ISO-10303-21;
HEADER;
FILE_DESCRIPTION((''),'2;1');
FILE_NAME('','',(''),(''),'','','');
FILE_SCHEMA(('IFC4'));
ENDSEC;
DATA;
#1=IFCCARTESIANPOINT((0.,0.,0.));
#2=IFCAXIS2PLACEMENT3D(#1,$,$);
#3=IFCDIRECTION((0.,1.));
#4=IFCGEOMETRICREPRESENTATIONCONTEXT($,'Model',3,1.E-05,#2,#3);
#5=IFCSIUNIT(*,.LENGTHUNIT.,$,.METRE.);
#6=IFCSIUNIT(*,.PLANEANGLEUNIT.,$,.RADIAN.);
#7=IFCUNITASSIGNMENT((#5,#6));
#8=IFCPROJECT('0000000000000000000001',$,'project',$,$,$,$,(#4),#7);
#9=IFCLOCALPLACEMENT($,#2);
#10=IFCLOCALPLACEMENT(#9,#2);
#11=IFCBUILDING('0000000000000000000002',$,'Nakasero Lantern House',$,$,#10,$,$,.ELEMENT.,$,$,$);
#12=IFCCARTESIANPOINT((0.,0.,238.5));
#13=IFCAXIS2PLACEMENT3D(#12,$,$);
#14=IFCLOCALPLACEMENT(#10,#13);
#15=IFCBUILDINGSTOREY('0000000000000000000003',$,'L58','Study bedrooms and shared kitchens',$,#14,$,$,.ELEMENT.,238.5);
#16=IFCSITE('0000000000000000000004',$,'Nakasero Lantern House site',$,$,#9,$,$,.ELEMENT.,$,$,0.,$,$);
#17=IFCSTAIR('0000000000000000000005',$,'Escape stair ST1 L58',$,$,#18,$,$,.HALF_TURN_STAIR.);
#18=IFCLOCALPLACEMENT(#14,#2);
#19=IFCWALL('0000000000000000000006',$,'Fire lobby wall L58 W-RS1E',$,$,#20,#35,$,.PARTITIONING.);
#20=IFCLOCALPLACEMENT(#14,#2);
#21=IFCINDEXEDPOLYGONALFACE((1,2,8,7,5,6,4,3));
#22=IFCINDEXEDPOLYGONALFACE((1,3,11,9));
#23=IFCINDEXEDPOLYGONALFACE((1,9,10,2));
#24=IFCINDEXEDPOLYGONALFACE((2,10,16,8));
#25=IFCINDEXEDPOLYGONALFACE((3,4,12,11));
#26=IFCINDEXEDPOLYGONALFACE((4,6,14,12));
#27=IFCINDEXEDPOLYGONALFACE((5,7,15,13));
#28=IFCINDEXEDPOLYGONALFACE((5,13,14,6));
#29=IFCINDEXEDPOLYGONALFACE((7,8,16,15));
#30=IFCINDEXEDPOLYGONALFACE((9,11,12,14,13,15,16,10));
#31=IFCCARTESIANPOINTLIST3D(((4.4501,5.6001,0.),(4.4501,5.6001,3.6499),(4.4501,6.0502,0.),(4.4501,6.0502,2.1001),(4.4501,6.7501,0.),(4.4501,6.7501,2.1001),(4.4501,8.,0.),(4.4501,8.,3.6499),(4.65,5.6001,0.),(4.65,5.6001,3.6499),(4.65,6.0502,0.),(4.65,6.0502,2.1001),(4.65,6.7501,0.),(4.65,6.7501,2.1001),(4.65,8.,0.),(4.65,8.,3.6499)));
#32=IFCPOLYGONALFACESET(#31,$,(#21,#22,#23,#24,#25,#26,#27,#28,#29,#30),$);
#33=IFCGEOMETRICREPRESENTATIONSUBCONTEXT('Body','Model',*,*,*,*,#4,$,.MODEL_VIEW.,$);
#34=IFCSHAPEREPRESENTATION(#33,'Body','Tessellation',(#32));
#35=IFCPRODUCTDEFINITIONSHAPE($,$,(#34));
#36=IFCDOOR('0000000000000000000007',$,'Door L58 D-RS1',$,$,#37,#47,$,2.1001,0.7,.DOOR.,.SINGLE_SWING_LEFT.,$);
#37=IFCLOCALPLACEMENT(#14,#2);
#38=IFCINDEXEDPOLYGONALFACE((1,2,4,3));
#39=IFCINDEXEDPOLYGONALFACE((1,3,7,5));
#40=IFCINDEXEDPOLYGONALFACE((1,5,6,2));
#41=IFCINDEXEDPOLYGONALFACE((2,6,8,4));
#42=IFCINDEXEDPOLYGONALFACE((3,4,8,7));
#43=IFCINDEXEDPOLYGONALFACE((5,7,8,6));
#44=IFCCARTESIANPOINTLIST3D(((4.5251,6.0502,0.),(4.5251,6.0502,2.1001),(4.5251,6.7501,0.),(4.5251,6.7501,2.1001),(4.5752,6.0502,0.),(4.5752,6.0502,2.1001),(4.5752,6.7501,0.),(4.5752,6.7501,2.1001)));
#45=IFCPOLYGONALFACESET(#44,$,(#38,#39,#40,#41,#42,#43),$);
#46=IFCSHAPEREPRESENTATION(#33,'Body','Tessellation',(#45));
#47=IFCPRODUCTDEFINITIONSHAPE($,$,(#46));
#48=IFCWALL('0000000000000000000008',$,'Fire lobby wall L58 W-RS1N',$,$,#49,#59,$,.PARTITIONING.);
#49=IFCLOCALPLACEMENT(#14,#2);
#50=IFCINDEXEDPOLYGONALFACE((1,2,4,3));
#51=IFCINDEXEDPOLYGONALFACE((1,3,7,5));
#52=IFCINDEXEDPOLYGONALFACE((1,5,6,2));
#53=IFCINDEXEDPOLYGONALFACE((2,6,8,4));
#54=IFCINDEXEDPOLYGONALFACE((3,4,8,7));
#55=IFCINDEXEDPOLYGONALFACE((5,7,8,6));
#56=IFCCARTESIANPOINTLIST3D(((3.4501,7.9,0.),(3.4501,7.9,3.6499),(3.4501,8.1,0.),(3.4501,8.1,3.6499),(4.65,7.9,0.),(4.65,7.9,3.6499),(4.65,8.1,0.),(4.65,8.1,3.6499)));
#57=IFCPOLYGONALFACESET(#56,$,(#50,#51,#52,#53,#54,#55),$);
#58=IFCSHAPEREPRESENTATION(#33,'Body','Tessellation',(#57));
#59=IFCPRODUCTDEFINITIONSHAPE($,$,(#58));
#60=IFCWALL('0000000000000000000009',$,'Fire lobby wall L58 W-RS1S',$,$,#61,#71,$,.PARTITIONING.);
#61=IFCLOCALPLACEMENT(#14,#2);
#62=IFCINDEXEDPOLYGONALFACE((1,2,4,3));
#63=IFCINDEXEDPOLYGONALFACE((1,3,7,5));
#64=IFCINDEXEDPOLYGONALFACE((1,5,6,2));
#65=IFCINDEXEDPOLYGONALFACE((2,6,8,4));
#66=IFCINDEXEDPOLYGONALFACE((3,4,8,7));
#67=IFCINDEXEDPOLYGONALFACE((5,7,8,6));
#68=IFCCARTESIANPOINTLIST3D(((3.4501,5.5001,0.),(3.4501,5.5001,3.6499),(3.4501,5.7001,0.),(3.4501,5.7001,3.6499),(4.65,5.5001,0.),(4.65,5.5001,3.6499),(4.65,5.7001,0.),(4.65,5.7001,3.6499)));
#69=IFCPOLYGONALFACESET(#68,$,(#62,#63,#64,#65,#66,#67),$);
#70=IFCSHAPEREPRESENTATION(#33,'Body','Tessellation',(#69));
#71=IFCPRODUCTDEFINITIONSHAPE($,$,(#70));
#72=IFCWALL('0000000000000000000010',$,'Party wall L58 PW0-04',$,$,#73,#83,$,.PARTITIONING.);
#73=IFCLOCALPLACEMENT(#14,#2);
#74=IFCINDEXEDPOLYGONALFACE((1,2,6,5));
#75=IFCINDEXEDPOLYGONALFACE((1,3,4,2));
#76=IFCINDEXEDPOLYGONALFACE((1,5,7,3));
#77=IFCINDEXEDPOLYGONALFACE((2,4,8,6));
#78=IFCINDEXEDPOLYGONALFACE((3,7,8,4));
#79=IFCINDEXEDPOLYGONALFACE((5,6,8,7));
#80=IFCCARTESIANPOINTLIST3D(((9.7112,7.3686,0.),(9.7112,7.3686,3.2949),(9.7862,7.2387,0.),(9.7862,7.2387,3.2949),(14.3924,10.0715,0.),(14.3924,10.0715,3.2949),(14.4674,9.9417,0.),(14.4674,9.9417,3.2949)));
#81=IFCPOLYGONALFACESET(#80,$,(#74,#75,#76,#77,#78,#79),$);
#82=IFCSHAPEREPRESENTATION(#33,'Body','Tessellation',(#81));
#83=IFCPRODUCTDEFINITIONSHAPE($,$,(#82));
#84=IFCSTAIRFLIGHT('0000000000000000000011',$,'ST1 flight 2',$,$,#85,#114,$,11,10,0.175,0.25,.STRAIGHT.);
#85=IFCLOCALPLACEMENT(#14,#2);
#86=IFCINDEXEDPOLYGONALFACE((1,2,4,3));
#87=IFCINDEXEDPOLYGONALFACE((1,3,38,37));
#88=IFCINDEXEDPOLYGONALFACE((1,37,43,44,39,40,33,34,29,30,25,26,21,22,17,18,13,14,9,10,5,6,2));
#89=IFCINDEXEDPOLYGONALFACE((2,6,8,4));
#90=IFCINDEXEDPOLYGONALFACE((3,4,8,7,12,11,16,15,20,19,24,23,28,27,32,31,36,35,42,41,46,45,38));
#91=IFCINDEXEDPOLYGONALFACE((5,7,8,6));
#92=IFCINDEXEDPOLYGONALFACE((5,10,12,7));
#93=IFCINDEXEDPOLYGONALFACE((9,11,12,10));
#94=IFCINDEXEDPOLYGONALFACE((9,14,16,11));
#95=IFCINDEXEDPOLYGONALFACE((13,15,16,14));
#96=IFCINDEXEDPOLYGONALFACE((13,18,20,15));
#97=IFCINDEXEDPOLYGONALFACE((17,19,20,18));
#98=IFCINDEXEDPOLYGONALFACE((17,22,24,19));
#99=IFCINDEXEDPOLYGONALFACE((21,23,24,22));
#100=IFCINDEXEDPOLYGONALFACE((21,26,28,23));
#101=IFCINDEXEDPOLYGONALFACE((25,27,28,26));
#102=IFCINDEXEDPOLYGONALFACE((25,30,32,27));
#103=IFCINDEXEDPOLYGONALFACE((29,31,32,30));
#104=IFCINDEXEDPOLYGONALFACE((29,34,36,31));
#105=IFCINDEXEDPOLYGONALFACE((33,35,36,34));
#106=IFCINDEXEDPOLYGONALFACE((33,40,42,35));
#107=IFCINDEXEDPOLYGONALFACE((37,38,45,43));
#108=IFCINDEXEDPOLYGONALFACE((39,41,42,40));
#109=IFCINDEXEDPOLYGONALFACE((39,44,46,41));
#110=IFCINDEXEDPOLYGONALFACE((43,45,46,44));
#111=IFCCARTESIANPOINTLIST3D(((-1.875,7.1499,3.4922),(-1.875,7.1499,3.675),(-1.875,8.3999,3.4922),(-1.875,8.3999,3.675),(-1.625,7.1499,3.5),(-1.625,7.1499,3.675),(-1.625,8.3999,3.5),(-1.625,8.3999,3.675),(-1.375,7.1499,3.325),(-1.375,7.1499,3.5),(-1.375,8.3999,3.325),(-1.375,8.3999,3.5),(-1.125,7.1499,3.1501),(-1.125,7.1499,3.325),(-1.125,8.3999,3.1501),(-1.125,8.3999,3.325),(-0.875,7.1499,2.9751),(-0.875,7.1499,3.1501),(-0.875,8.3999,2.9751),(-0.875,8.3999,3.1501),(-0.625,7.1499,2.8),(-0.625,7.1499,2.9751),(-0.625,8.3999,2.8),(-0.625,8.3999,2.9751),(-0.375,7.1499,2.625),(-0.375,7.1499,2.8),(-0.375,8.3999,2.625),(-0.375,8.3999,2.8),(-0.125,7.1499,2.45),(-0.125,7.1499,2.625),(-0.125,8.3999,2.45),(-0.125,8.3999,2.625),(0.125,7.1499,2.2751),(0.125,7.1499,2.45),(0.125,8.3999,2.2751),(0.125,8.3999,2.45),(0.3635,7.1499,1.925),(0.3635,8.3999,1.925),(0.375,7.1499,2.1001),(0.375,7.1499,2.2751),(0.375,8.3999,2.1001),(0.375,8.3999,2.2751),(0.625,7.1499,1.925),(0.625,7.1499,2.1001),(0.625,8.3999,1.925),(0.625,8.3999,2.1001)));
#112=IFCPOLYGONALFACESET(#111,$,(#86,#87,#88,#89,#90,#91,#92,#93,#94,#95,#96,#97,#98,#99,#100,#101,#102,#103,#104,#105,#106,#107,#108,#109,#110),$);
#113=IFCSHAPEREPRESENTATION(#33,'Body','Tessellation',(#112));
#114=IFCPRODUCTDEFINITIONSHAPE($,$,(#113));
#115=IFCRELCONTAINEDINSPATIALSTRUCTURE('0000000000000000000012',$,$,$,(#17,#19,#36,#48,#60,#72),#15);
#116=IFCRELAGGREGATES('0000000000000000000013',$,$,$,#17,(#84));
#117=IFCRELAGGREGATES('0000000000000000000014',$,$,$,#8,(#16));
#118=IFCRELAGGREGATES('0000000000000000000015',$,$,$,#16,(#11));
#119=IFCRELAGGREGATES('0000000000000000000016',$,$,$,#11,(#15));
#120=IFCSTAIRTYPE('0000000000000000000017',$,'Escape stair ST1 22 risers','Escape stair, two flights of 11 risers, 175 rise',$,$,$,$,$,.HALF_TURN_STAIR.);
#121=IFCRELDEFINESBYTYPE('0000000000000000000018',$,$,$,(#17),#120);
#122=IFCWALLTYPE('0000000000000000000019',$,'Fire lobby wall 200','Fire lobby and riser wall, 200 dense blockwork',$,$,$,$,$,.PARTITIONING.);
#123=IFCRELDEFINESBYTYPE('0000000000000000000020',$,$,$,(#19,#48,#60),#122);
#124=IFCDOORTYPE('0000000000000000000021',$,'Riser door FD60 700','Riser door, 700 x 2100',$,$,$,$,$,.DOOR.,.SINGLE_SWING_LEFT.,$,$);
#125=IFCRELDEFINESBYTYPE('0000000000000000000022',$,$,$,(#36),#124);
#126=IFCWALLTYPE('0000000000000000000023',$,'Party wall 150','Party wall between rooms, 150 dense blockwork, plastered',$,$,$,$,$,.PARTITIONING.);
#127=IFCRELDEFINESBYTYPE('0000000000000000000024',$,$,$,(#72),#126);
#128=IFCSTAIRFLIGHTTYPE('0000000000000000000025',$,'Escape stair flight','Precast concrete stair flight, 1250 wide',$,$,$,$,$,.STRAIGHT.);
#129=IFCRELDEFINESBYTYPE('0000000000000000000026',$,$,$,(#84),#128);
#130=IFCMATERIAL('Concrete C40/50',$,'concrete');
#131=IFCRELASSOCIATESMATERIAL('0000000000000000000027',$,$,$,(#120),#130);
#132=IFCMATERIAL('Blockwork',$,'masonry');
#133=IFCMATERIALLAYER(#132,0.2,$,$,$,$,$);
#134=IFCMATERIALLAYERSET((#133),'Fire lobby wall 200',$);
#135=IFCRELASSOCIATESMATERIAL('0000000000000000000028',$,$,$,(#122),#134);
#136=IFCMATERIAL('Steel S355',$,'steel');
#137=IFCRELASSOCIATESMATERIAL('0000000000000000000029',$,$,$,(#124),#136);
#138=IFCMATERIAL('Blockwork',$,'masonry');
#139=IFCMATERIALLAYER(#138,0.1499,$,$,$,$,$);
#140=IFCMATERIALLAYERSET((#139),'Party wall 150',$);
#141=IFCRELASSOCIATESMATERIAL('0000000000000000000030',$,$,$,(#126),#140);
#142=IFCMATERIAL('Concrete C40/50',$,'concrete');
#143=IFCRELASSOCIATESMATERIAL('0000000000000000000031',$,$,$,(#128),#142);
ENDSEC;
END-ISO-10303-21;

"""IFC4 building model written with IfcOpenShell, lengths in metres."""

from ifc_helpers import new_model, si_unit, direction, frame, frame_2d, origin, place, context, subcontext, project, spatial, polyline, rectangle, outline, extrude, material, layer, layer_set, type_object, element, fill, aggregate, save


model = new_model("IFC4")

# Units and contexts
model_context = context("Model", 3, precision=1e-05, world=origin(), true_north=direction((0.0, 1.0)))
body_context = subcontext(model_context, "Body", "Model", "MODEL_VIEW")
ifc_project = project(units=[si_unit("LENGTHUNIT", "METRE"), si_unit("PLANEANGLEUNIT", "RADIAN")], contexts=[model_context])

# Site, building, storey
site_placement = place(None, origin())
site = spatial("IfcSite", under=ifc_project, at=site_placement, Name="Nakasero Lantern House site", CompositionType="ELEMENT", RefElevation=0.0)
building_placement = place(site_placement, origin())
building = spatial("IfcBuilding", under=site, at=building_placement, Name="Nakasero Lantern House", CompositionType="ELEMENT")
storey_placement = place(building_placement, frame((0.0, 0.0, 238.5)))
storey = spatial("IfcBuildingStorey", under=building, at=storey_placement, Name="L58", Description="Study bedrooms and shared kitchens", CompositionType="ELEMENT", Elevation=238.5)

# Stair
ifc_material_1 = material(Name="Concrete C40/50", Category="concrete")
stair_type_1 = type_object("IfcStairType", Name="Escape stair ST1 22 risers", Description="Escape stair, two flights of 11 risers, 175 rise", PredefinedType="HALF_TURN_STAIR", material=ifc_material_1)
stair_1_placement = place(storey_placement, origin())
stair_1 = element("IfcStair", 1, at=stair_1_placement, inside=storey, type_object=stair_type_1, Name="Escape stair ST1 L58", PredefinedType="HALF_TURN_STAIR")

# Wall, opening, door
ifc_material_2 = material(Name="Blockwork", Category="masonry")
ifc_layer_1 = layer(ifc_material_2, 0.2)
ifc_layer_set_1 = layer_set([ifc_layer_1], Name="Fire lobby wall 200")
wall_type_1 = type_object("IfcWallType", Name="Fire lobby wall 200", Description="Fire lobby and riser wall, 200 dense blockwork", PredefinedType="PARTITIONING", material=ifc_layer_set_1)
wall_1_placement = place(storey_placement, frame((4.55, 5.6001, 0.0), z_axis=(0.0, 0.0, 1.0), x_axis=(0.0, 1.0, 0.0)))
wall_1 = element("IfcWall", 2, at=wall_1_placement, inside=storey, type_object=wall_type_1, Name="Fire lobby wall L58 W-RS1E", PredefinedType="PARTITIONING", context=body_context, shape_type="SweptSolid", body=[
    extrude(rectangle(XDim=2.3999, YDim=0.2, at=frame_2d((1.2, 0.0))), origin(), (0.0, 0.0, 1.0), 3.6499),
])
opening_1_placement = place(wall_1_placement, frame((0.45, 0.0, 0.0)))
opening_1 = element("IfcOpeningElement", 3, at=opening_1_placement, cuts=wall_1, PredefinedType="OPENING", context=body_context, shape_type="SweptSolid", body=[
    extrude(rectangle(XDim=0.7, YDim=2.1001, at=frame_2d((0.3501, 1.05))), frame((0.0, 0.1199, 0.0), z_axis=(0.0, -1.0, 0.0), x_axis=(1.0, 0.0, 0.0)), (0.0, 0.0, 1.0), 0.24),
])
ifc_material_3 = material(Name="Steel S355", Category="steel")
door_type_1 = type_object("IfcDoorType", Name="Riser door FD60 700", Description="Riser door, 700 x 2100", OperationType="SINGLE_SWING_LEFT", PredefinedType="DOOR", material=ifc_material_3)
door_1_placement = place(opening_1_placement, origin())
door_1 = element("IfcDoor", 4, at=door_1_placement, inside=storey, type_object=door_type_1, Name="Door L58 D-RS1", OperationType="SINGLE_SWING_LEFT", OverallHeight=2.1001, OverallWidth=0.7, PredefinedType="DOOR", context=body_context, shape_type="SweptSolid", body=[
    extrude(rectangle(XDim=0.7, YDim=2.1001, at=frame_2d((0.3501, 1.05))), frame((0.0, 0.0249, 0.0), z_axis=(0.0, -1.0, 0.0), x_axis=(1.0, 0.0, 0.0)), (0.0, 0.0, 1.0), 0.05),
])
fill(opening_1, door_1)

# Walls
for number, where, z_axis, x_axis, name in (
    (5, (3.45, 8.0, 0.0), (0.0, 0.0, 1.0), (1.0, 0.0, 0.0), "Fire lobby wall L58 W-RS1N"),
    (6, (3.45, 5.6001, 0.0), (0.0, 0.0, 1.0), (1.0, 0.0, 0.0), "Fire lobby wall L58 W-RS1S"),
):
    element("IfcWall", number, at=place(storey_placement, frame(where, z_axis=z_axis, x_axis=x_axis)), inside=storey, type_object=wall_type_1, Name=name, PredefinedType="PARTITIONING", context=body_context, shape_type="SweptSolid", body=[
        extrude(rectangle(XDim=1.2, YDim=0.2, at=frame_2d((0.6001, 0.0))), origin(), (0.0, 0.0, 1.0), 3.6499),
    ])
ifc_material_4 = material(Name="Blockwork", Category="masonry")
ifc_layer_2 = layer(ifc_material_4, 0.1499)
ifc_layer_set_2 = layer_set([ifc_layer_2], Name="Party wall 150")
wall_type_2 = type_object("IfcWallType", Name="Party wall 150", Description="Party wall between rooms, 150 dense blockwork, plastered", PredefinedType="PARTITIONING", material=ifc_layer_set_2)
wall_2_placement = place(storey_placement, frame((9.7488, 7.3037, 0.0), z_axis=(0.0, 0.0, 1.0), x_axis=(0.866008, 0.50003, 0.0)))
element("IfcWall", 7, at=wall_2_placement, inside=storey, type_object=wall_type_2, Name="Party wall L58 PW0-04", PredefinedType="PARTITIONING", context=body_context, shape_type="SweptSolid", body=[
    extrude(rectangle(XDim=5.4055, YDim=0.1499, at=frame_2d((2.7026, 0.0))), origin(), (0.0, 0.0, 1.0), 3.2949),
])

# Stair flight
ifc_material_5 = material(Name="Concrete C40/50", Category="concrete")
stair_flight_type = type_object("IfcStairFlightType", Name="Escape stair flight", Description="Precast concrete stair flight, 1250 wide", PredefinedType="STRAIGHT", material=ifc_material_5)
stair_flight_placement = place(storey_placement, frame((0.625, 7.7749, 1.925), z_axis=(0.0, 0.0, 1.0), x_axis=(-1.0, 0.0, 0.0)))
stair_flight = element("IfcStairFlight", 8, at=stair_flight_placement, type_object=stair_flight_type, Name="ST1 flight 2", NumberOfRisers=11, NumberOfTreads=10, PredefinedType="STRAIGHT", RiserHeight=0.175, TreadLength=0.25, context=body_context, shape_type="SweptSolid", body=[
    extrude(outline(polyline([(0.0, 0.0), (0.0, 0.175), (0.25, 0.175), (0.25, 0.3501), (0.5, 0.3501), (0.5, 0.5249), (0.75, 0.5249), (0.75, 0.7), (1.0, 0.7), (1.0, 0.875), (1.25, 0.875), (1.25, 1.05), (1.5, 1.05), (1.5, 1.2251), (1.75, 1.2251), (1.75, 1.3999), (2.0, 1.3999), (2.0, 1.575), (2.25, 1.575), (2.25, 1.75), (2.5, 1.75), (2.5, 1.925), (2.5, 1.5671), (0.2615, 0.0), (0.0, 0.0)])), frame((0.0, 0.625, 0.0), z_axis=(0.0, -1.0, 0.0), x_axis=(1.0, 0.0, 0.0)), (0.0, 0.0, 1.0), 1.25),
])
aggregate(stair_1, [stair_flight])

save(model, "model.ifc")
